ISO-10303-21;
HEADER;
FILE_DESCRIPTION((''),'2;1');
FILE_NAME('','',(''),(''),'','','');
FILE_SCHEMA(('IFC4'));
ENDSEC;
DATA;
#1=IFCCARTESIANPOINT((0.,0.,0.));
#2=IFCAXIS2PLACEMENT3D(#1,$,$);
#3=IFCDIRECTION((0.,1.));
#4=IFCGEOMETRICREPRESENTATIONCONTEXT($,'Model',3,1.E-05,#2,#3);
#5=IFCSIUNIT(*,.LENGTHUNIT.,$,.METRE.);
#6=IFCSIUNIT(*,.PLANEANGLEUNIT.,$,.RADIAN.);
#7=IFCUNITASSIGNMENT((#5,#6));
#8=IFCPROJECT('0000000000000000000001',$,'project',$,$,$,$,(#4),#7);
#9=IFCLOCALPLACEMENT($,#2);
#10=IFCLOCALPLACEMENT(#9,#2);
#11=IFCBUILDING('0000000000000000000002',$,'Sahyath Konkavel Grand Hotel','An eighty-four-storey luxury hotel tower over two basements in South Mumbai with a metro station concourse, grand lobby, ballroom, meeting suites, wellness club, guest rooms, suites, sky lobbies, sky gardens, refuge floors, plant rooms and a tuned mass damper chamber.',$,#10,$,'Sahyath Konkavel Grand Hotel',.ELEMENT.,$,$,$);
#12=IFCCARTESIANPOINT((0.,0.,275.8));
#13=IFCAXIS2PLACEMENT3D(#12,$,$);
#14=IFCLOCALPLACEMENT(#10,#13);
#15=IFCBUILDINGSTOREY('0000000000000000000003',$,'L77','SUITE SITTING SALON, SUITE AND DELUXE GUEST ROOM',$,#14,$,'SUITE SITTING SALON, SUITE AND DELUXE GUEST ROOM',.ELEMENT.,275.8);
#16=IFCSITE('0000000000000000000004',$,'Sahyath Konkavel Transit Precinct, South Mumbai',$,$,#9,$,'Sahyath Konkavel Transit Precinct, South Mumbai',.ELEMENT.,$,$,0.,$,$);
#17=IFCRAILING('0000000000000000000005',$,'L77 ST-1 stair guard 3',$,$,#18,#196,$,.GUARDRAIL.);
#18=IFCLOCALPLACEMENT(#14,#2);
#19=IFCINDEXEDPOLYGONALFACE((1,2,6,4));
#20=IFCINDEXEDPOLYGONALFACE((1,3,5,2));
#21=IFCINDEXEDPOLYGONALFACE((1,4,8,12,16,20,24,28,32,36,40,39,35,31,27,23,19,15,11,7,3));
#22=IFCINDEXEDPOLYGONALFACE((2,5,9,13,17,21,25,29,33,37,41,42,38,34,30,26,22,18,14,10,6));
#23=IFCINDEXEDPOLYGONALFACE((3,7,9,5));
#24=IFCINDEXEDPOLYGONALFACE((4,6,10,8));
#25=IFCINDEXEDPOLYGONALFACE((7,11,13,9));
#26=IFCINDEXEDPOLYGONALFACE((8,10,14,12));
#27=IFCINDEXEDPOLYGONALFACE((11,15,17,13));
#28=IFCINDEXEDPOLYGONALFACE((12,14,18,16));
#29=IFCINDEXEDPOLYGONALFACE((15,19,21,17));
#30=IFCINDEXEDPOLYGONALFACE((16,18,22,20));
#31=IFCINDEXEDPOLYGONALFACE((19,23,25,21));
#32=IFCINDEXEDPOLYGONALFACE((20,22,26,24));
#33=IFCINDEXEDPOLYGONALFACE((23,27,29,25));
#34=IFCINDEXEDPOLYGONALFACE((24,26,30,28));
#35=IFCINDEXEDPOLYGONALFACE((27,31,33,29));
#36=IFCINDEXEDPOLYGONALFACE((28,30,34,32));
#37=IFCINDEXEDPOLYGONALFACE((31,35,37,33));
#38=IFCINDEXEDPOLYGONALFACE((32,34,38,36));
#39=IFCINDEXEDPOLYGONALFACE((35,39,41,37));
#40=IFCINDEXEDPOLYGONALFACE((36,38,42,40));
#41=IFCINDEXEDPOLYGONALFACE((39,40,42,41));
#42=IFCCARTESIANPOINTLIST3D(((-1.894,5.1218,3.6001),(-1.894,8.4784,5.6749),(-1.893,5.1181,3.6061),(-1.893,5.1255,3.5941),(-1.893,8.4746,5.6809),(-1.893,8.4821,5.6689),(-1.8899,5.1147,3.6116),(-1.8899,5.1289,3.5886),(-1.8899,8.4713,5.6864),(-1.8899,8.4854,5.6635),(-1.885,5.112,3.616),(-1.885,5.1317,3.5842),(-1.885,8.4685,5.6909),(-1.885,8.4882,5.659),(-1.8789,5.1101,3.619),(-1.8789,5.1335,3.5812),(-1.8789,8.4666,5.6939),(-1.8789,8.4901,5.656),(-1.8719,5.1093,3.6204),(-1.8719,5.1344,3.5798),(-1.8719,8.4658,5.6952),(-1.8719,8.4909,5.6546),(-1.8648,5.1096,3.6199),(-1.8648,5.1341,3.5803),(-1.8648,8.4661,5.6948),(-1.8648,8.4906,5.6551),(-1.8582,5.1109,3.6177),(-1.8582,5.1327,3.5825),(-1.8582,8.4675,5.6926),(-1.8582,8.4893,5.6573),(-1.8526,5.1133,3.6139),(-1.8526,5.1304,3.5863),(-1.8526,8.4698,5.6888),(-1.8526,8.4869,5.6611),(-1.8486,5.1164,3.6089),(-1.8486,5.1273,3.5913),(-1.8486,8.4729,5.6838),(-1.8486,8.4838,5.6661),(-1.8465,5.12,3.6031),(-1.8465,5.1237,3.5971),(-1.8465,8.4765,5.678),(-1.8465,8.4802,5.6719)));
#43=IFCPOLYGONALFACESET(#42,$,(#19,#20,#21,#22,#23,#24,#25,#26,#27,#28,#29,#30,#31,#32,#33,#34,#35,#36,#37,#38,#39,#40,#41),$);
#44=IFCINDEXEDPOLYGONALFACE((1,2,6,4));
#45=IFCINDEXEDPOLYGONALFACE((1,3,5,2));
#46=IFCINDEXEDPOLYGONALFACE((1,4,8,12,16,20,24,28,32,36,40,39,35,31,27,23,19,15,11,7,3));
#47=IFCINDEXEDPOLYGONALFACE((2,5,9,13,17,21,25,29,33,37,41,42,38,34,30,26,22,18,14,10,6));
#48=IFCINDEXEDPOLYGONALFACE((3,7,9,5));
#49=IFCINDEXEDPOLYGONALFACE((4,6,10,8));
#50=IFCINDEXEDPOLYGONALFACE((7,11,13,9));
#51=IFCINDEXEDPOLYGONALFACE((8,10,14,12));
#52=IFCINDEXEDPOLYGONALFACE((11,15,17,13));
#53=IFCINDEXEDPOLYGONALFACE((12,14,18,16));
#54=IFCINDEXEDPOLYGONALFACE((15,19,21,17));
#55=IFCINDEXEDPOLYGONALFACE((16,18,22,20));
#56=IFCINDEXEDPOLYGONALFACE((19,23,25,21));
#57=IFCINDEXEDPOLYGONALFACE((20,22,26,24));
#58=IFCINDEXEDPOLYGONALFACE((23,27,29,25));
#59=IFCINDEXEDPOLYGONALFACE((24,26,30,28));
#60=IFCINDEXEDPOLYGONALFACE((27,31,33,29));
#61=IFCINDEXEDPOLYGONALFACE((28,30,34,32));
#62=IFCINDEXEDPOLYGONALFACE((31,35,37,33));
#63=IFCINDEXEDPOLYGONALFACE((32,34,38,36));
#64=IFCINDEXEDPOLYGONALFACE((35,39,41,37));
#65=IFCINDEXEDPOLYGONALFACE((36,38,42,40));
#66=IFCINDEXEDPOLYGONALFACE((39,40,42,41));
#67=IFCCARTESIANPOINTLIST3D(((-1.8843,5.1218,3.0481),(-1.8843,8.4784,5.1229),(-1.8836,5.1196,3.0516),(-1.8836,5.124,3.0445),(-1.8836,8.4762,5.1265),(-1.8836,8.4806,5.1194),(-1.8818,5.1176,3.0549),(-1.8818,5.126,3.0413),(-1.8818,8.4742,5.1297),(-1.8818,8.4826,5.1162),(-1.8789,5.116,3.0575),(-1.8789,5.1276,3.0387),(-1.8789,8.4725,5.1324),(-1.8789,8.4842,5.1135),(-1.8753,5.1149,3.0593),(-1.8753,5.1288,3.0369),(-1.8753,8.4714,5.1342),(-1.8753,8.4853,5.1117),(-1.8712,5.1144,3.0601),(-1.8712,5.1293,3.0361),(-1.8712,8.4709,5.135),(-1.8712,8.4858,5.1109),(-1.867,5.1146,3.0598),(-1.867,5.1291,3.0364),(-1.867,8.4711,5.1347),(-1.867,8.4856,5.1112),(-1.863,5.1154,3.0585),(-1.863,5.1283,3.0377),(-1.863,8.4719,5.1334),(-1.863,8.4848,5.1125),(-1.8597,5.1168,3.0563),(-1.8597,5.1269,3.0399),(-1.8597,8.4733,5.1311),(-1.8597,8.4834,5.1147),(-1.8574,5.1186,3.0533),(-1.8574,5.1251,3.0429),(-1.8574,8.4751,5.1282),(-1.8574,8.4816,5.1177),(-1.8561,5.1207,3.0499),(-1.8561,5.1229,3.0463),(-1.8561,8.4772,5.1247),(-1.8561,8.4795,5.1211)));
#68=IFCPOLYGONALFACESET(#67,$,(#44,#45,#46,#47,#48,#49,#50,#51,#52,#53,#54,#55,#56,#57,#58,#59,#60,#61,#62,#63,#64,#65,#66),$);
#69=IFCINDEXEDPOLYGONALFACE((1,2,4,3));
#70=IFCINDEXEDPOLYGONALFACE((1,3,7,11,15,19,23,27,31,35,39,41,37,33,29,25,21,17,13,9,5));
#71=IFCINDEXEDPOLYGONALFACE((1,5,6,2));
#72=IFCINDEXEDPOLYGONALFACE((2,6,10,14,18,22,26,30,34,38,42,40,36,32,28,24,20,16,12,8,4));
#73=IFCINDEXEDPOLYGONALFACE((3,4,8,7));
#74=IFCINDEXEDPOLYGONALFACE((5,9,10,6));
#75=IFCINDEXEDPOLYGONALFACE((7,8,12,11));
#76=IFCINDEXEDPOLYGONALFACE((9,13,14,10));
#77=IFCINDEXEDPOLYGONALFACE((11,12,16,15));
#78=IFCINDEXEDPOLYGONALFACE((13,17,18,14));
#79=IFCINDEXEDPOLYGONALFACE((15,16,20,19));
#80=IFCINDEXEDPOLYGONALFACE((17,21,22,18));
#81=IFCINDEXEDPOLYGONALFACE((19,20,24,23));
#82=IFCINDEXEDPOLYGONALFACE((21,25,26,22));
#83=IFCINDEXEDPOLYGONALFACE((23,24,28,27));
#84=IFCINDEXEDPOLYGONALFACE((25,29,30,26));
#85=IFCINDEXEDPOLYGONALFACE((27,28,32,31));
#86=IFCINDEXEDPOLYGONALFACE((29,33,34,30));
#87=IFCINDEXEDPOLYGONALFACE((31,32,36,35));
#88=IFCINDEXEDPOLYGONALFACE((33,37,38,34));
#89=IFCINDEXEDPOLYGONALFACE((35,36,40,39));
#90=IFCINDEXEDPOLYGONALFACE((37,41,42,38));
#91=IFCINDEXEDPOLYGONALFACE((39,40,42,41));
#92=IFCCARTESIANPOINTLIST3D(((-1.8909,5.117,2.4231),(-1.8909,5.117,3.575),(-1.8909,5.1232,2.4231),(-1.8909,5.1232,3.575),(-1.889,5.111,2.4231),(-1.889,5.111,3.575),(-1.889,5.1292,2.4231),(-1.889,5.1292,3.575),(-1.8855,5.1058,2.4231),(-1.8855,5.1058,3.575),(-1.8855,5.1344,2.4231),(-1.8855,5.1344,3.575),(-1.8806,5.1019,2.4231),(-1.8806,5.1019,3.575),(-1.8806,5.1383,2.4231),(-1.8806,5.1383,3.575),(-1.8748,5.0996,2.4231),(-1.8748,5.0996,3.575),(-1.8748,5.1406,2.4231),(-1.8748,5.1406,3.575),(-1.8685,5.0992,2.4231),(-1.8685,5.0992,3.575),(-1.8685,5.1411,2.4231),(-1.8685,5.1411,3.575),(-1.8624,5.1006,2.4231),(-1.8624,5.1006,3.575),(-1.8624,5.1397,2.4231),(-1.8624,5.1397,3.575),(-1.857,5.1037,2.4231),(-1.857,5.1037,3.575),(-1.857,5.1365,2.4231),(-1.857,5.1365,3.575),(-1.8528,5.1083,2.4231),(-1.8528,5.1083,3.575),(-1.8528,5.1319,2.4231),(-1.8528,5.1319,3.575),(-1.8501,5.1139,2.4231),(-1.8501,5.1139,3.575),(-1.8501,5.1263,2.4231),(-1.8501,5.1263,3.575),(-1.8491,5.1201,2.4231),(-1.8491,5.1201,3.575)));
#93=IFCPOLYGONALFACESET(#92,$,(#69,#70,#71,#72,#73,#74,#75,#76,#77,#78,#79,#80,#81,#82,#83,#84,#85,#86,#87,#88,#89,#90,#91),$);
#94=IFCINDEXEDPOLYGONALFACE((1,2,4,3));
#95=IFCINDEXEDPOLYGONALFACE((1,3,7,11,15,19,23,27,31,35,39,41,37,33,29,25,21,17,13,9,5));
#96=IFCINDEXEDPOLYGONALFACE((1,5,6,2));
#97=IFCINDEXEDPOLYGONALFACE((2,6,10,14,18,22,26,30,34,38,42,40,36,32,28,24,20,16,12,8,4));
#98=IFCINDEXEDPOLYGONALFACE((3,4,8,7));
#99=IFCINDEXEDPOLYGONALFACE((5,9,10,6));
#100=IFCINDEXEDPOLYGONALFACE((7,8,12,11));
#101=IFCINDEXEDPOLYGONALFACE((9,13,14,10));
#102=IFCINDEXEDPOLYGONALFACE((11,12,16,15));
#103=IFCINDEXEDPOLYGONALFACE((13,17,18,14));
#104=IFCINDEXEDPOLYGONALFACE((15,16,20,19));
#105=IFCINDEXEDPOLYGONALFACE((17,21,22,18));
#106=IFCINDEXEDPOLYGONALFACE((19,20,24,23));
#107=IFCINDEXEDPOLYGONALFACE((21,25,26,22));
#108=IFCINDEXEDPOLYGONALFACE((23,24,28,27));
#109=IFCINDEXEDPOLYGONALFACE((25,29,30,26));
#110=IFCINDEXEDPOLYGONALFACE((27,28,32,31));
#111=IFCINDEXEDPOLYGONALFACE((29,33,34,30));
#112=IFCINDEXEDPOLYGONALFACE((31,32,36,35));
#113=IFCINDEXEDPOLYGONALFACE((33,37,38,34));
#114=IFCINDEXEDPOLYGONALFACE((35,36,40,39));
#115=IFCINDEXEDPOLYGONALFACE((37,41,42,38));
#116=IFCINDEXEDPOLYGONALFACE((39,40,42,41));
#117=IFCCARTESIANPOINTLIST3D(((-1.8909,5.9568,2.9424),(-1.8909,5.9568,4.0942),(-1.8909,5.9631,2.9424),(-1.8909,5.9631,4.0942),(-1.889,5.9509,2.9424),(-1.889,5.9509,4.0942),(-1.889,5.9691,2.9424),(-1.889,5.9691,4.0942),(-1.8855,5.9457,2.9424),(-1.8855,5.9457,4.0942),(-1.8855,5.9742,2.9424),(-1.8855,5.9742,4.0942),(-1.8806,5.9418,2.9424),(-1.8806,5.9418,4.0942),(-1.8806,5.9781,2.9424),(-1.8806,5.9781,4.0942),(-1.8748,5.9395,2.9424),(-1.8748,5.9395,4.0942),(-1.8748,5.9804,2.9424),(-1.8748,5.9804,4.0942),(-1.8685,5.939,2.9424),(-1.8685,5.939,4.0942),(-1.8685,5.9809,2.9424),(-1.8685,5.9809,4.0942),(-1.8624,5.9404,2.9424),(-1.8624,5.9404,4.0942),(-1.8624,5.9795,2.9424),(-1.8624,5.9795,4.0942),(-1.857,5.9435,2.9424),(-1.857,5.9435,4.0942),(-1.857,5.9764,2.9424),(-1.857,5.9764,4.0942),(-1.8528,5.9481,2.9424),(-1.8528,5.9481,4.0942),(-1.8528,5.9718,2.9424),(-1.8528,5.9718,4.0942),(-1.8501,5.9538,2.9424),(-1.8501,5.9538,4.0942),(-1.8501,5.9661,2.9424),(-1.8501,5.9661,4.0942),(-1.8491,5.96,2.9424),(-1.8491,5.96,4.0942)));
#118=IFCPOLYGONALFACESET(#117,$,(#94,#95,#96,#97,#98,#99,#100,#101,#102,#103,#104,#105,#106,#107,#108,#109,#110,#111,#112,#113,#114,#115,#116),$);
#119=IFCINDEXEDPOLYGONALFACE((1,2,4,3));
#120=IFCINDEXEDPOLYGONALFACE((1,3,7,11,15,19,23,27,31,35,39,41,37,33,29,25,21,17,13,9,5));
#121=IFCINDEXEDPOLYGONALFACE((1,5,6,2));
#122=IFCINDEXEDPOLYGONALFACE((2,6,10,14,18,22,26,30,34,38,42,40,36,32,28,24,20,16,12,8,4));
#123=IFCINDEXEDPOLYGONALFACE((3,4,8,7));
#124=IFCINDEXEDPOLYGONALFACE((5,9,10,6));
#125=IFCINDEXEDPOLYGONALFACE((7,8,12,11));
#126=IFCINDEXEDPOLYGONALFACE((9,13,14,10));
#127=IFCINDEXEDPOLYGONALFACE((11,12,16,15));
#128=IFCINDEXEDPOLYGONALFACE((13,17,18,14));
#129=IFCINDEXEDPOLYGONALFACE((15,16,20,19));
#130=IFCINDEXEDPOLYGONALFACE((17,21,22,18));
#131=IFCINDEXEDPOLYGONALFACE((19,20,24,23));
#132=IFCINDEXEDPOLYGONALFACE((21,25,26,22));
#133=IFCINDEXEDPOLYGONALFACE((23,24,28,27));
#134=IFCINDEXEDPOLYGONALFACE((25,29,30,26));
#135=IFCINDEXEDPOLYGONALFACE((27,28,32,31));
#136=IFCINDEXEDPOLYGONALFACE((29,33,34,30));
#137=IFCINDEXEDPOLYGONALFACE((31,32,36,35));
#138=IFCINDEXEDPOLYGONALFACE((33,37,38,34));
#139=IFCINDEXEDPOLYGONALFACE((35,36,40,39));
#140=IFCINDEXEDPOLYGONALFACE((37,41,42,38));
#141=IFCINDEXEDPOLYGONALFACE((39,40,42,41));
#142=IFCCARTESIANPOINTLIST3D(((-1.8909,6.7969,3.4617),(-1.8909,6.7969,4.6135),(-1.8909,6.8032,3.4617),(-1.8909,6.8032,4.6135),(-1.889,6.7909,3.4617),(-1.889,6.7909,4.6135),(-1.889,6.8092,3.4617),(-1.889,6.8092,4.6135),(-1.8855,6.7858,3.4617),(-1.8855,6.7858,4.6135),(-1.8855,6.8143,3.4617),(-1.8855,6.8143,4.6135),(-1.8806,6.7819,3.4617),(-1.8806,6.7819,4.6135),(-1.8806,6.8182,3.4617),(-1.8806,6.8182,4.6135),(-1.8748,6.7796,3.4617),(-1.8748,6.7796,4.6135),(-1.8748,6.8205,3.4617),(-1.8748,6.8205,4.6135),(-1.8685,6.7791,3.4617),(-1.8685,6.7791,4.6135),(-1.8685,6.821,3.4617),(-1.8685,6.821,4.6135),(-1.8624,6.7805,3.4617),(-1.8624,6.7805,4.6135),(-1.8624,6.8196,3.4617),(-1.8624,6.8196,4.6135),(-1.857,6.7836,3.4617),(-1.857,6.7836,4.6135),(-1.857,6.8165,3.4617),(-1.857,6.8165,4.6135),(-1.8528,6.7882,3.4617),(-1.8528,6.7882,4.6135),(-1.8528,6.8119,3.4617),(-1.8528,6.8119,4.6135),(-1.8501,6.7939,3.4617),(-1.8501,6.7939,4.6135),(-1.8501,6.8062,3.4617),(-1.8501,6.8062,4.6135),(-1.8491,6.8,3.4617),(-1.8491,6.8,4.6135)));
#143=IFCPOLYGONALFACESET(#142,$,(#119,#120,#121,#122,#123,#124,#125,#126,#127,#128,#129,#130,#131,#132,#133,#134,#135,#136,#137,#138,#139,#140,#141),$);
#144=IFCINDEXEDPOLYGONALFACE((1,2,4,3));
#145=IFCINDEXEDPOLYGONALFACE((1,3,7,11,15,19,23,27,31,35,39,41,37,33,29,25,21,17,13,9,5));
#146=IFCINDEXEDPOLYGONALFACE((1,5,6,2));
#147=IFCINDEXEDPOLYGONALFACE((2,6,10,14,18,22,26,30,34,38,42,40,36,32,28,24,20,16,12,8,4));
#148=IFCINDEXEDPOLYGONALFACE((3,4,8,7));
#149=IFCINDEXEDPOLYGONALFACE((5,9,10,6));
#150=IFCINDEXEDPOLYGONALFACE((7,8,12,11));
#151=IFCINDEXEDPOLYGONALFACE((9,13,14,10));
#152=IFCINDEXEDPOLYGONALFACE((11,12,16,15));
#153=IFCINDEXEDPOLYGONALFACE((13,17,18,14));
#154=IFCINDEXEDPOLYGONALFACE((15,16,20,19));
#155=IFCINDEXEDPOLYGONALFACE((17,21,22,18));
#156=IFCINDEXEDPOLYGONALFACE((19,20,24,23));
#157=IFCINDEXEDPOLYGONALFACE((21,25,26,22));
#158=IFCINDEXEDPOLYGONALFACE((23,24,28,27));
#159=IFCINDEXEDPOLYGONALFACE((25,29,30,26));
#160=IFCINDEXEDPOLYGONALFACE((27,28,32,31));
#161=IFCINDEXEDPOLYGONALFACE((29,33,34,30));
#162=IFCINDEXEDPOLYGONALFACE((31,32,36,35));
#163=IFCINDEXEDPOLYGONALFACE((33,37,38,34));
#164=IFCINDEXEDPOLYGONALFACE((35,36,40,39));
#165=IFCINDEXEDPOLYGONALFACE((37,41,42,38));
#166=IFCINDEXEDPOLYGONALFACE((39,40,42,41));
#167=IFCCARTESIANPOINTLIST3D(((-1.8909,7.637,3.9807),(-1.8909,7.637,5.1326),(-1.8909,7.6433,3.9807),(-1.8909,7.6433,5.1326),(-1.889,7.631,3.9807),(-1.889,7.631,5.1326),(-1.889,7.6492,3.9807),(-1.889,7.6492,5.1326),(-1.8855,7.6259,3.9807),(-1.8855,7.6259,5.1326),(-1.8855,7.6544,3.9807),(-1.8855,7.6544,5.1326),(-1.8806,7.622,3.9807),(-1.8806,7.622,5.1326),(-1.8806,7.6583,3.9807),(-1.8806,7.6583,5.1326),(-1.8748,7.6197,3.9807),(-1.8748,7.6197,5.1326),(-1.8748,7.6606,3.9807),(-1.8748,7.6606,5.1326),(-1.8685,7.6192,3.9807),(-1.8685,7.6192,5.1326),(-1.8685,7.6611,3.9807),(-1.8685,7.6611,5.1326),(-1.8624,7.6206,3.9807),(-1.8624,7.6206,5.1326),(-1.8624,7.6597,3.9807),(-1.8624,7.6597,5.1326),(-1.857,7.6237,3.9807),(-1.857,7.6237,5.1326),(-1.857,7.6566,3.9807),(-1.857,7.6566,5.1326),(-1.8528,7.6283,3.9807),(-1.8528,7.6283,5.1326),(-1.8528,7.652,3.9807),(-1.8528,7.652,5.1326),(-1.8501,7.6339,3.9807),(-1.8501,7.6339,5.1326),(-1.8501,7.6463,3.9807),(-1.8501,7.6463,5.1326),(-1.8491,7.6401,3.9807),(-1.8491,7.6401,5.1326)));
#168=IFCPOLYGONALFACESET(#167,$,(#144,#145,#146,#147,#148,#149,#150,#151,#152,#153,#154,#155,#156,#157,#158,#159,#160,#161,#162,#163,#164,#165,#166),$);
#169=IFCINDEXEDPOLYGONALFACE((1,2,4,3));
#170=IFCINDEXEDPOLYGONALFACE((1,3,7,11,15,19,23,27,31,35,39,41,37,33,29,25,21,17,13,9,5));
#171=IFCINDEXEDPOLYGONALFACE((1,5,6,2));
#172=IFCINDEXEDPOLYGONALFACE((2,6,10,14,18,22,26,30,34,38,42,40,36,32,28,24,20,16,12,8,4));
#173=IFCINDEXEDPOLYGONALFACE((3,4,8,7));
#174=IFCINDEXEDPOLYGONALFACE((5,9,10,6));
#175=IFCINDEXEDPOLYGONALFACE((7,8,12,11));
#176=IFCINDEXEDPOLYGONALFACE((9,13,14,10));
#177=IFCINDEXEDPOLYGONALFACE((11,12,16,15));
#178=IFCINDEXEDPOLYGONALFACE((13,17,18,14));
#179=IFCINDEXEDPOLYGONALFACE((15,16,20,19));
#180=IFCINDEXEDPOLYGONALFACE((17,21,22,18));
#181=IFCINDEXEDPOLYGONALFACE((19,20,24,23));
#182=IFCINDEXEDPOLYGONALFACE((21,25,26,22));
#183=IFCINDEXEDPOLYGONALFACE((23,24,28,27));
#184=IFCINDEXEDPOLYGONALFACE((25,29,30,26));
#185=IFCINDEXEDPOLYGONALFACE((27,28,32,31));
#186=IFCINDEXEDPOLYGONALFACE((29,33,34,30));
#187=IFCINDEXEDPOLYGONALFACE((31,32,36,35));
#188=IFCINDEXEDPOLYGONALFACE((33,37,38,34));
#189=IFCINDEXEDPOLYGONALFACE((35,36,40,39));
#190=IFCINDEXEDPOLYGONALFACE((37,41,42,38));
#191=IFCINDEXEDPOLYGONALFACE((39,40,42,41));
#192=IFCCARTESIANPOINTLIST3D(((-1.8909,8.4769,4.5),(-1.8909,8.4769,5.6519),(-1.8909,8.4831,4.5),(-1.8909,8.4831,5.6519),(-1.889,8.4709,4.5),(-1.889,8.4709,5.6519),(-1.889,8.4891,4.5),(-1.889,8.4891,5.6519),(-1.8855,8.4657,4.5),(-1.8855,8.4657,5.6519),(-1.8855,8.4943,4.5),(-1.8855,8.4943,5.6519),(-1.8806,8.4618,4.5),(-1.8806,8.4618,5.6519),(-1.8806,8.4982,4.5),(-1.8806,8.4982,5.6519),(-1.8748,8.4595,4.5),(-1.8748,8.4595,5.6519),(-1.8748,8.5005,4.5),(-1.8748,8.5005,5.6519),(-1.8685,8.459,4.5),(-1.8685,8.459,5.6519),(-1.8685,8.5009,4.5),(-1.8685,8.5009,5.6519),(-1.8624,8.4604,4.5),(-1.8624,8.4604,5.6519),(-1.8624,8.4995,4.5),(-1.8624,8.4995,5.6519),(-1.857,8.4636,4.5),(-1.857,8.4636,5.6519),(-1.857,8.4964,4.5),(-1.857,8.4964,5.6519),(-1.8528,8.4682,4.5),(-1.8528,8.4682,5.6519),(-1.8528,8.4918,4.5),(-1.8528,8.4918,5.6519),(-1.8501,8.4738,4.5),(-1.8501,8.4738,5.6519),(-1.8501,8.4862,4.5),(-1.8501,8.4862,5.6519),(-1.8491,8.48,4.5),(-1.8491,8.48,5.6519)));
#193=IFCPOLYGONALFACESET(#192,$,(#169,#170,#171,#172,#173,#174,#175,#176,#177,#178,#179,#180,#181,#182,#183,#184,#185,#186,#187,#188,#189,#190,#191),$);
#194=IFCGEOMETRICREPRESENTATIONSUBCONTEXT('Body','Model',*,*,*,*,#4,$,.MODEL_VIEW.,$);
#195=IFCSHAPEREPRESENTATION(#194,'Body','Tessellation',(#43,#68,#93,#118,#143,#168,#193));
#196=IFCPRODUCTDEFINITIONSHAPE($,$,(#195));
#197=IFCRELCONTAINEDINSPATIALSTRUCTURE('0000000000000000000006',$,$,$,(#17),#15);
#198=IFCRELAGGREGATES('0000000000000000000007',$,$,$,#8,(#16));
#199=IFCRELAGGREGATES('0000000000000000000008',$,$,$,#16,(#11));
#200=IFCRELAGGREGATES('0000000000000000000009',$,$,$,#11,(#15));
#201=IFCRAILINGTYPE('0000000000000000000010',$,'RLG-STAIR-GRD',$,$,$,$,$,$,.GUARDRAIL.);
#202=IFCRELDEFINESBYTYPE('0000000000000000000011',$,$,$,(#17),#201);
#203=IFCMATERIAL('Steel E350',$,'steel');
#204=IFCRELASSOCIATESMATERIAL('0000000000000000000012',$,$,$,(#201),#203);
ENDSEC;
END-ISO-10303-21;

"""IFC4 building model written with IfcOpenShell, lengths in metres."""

from ifc_helpers import new_model, si_unit, direction, frame, origin, origin_2d, place, context, subcontext, project, spatial, circle, extrude, material, type_object, element, save


model = new_model("IFC4")

# Units and contexts
model_context = context("Model", 3, precision=1e-05, world=origin(), true_north=direction((0.0, 1.0)))
body_context = subcontext(model_context, "Body", "Model", "MODEL_VIEW")
ifc_project = project(units=[si_unit("LENGTHUNIT", "METRE"), si_unit("PLANEANGLEUNIT", "RADIAN")], contexts=[model_context])

# Site, building, storey
site_placement = place(None, origin())
site = spatial("IfcSite", under=ifc_project, at=site_placement, Name="Sahyath Konkavel Transit Precinct, South Mumbai", LongName="Sahyath Konkavel Transit Precinct, South Mumbai", CompositionType="ELEMENT", RefElevation=0.0)
building_placement = place(site_placement, origin())
building = spatial("IfcBuilding", under=site, at=building_placement, Name="Sahyath Konkavel Grand Hotel", Description="An eighty-four-storey luxury hotel tower over two basements in South Mumbai with a metro station concourse, grand lobby, ballroom, meeting suites, wellness club, guest rooms, suites, sky lobbies, sky gardens, refuge floors, plant rooms and a tuned mass damper chamber.", LongName="Sahyath Konkavel Grand Hotel", CompositionType="ELEMENT")
storey_placement = place(building_placement, frame((0.0, 0.0, 275.8)))
storey = spatial("IfcBuildingStorey", under=building, at=storey_placement, Name="L77", Description="SUITE SITTING SALON, SUITE AND DELUXE GUEST ROOM", LongName="SUITE SITTING SALON, SUITE AND DELUXE GUEST ROOM", CompositionType="ELEMENT", Elevation=275.8)

# Shared definitions
ifc_material_1 = material(Name="Steel E350", Category="steel")

# Railing
railing_type_1 = type_object("IfcRailingType", Name="RLG-STAIR-GRD", PredefinedType="GUARDRAIL", material=ifc_material_1)
railing_1_placement = place(storey_placement, frame((-1.8701, 5.1201, 2.4231)))
element("IfcRailing", 1, at=railing_1_placement, inside=storey, type_object=railing_type_1, Name="L77 ST-1 stair guard 3", PredefinedType="GUARDRAIL", context=body_context, shape_type="SweptSolid", body=[
    extrude(circle(Radius=0.0239, at=origin_2d()), frame((0.0, 0.0017, 1.177), z_axis=(0.0, 0.850606, 0.525803), x_axis=(-1.0, 0.0, 0.0)), (0.0, 0.0, 1.0), 3.946),
    extrude(circle(Radius=0.0142, at=origin_2d()), frame((0.0, 0.0017, 0.625), z_axis=(0.0, 0.850606, 0.525803), x_axis=(-1.0, 0.0, 0.0)), (0.0, 0.0, 1.0), 3.946),
    extrude(circle(Radius=0.021, at=origin_2d()), origin(), (0.0, 0.0, 1.0), 1.1519),
    extrude(circle(Radius=0.021, at=origin_2d()), frame((0.0, 0.8398, 0.5193)), (0.0, 0.0, 1.0), 1.1519),
    extrude(circle(Radius=0.021, at=origin_2d()), frame((0.0, 1.6799, 1.0386)), (0.0, 0.0, 1.0), 1.1519),
    extrude(circle(Radius=0.021, at=origin_2d()), frame((0.0, 2.52, 1.5576)), (0.0, 0.0, 1.0), 1.1519),
    extrude(circle(Radius=0.021, at=origin_2d()), frame((0.0, 3.3599, 2.0769)), (0.0, 0.0, 1.0), 1.1519),
])

save(model, "model.ifc")
